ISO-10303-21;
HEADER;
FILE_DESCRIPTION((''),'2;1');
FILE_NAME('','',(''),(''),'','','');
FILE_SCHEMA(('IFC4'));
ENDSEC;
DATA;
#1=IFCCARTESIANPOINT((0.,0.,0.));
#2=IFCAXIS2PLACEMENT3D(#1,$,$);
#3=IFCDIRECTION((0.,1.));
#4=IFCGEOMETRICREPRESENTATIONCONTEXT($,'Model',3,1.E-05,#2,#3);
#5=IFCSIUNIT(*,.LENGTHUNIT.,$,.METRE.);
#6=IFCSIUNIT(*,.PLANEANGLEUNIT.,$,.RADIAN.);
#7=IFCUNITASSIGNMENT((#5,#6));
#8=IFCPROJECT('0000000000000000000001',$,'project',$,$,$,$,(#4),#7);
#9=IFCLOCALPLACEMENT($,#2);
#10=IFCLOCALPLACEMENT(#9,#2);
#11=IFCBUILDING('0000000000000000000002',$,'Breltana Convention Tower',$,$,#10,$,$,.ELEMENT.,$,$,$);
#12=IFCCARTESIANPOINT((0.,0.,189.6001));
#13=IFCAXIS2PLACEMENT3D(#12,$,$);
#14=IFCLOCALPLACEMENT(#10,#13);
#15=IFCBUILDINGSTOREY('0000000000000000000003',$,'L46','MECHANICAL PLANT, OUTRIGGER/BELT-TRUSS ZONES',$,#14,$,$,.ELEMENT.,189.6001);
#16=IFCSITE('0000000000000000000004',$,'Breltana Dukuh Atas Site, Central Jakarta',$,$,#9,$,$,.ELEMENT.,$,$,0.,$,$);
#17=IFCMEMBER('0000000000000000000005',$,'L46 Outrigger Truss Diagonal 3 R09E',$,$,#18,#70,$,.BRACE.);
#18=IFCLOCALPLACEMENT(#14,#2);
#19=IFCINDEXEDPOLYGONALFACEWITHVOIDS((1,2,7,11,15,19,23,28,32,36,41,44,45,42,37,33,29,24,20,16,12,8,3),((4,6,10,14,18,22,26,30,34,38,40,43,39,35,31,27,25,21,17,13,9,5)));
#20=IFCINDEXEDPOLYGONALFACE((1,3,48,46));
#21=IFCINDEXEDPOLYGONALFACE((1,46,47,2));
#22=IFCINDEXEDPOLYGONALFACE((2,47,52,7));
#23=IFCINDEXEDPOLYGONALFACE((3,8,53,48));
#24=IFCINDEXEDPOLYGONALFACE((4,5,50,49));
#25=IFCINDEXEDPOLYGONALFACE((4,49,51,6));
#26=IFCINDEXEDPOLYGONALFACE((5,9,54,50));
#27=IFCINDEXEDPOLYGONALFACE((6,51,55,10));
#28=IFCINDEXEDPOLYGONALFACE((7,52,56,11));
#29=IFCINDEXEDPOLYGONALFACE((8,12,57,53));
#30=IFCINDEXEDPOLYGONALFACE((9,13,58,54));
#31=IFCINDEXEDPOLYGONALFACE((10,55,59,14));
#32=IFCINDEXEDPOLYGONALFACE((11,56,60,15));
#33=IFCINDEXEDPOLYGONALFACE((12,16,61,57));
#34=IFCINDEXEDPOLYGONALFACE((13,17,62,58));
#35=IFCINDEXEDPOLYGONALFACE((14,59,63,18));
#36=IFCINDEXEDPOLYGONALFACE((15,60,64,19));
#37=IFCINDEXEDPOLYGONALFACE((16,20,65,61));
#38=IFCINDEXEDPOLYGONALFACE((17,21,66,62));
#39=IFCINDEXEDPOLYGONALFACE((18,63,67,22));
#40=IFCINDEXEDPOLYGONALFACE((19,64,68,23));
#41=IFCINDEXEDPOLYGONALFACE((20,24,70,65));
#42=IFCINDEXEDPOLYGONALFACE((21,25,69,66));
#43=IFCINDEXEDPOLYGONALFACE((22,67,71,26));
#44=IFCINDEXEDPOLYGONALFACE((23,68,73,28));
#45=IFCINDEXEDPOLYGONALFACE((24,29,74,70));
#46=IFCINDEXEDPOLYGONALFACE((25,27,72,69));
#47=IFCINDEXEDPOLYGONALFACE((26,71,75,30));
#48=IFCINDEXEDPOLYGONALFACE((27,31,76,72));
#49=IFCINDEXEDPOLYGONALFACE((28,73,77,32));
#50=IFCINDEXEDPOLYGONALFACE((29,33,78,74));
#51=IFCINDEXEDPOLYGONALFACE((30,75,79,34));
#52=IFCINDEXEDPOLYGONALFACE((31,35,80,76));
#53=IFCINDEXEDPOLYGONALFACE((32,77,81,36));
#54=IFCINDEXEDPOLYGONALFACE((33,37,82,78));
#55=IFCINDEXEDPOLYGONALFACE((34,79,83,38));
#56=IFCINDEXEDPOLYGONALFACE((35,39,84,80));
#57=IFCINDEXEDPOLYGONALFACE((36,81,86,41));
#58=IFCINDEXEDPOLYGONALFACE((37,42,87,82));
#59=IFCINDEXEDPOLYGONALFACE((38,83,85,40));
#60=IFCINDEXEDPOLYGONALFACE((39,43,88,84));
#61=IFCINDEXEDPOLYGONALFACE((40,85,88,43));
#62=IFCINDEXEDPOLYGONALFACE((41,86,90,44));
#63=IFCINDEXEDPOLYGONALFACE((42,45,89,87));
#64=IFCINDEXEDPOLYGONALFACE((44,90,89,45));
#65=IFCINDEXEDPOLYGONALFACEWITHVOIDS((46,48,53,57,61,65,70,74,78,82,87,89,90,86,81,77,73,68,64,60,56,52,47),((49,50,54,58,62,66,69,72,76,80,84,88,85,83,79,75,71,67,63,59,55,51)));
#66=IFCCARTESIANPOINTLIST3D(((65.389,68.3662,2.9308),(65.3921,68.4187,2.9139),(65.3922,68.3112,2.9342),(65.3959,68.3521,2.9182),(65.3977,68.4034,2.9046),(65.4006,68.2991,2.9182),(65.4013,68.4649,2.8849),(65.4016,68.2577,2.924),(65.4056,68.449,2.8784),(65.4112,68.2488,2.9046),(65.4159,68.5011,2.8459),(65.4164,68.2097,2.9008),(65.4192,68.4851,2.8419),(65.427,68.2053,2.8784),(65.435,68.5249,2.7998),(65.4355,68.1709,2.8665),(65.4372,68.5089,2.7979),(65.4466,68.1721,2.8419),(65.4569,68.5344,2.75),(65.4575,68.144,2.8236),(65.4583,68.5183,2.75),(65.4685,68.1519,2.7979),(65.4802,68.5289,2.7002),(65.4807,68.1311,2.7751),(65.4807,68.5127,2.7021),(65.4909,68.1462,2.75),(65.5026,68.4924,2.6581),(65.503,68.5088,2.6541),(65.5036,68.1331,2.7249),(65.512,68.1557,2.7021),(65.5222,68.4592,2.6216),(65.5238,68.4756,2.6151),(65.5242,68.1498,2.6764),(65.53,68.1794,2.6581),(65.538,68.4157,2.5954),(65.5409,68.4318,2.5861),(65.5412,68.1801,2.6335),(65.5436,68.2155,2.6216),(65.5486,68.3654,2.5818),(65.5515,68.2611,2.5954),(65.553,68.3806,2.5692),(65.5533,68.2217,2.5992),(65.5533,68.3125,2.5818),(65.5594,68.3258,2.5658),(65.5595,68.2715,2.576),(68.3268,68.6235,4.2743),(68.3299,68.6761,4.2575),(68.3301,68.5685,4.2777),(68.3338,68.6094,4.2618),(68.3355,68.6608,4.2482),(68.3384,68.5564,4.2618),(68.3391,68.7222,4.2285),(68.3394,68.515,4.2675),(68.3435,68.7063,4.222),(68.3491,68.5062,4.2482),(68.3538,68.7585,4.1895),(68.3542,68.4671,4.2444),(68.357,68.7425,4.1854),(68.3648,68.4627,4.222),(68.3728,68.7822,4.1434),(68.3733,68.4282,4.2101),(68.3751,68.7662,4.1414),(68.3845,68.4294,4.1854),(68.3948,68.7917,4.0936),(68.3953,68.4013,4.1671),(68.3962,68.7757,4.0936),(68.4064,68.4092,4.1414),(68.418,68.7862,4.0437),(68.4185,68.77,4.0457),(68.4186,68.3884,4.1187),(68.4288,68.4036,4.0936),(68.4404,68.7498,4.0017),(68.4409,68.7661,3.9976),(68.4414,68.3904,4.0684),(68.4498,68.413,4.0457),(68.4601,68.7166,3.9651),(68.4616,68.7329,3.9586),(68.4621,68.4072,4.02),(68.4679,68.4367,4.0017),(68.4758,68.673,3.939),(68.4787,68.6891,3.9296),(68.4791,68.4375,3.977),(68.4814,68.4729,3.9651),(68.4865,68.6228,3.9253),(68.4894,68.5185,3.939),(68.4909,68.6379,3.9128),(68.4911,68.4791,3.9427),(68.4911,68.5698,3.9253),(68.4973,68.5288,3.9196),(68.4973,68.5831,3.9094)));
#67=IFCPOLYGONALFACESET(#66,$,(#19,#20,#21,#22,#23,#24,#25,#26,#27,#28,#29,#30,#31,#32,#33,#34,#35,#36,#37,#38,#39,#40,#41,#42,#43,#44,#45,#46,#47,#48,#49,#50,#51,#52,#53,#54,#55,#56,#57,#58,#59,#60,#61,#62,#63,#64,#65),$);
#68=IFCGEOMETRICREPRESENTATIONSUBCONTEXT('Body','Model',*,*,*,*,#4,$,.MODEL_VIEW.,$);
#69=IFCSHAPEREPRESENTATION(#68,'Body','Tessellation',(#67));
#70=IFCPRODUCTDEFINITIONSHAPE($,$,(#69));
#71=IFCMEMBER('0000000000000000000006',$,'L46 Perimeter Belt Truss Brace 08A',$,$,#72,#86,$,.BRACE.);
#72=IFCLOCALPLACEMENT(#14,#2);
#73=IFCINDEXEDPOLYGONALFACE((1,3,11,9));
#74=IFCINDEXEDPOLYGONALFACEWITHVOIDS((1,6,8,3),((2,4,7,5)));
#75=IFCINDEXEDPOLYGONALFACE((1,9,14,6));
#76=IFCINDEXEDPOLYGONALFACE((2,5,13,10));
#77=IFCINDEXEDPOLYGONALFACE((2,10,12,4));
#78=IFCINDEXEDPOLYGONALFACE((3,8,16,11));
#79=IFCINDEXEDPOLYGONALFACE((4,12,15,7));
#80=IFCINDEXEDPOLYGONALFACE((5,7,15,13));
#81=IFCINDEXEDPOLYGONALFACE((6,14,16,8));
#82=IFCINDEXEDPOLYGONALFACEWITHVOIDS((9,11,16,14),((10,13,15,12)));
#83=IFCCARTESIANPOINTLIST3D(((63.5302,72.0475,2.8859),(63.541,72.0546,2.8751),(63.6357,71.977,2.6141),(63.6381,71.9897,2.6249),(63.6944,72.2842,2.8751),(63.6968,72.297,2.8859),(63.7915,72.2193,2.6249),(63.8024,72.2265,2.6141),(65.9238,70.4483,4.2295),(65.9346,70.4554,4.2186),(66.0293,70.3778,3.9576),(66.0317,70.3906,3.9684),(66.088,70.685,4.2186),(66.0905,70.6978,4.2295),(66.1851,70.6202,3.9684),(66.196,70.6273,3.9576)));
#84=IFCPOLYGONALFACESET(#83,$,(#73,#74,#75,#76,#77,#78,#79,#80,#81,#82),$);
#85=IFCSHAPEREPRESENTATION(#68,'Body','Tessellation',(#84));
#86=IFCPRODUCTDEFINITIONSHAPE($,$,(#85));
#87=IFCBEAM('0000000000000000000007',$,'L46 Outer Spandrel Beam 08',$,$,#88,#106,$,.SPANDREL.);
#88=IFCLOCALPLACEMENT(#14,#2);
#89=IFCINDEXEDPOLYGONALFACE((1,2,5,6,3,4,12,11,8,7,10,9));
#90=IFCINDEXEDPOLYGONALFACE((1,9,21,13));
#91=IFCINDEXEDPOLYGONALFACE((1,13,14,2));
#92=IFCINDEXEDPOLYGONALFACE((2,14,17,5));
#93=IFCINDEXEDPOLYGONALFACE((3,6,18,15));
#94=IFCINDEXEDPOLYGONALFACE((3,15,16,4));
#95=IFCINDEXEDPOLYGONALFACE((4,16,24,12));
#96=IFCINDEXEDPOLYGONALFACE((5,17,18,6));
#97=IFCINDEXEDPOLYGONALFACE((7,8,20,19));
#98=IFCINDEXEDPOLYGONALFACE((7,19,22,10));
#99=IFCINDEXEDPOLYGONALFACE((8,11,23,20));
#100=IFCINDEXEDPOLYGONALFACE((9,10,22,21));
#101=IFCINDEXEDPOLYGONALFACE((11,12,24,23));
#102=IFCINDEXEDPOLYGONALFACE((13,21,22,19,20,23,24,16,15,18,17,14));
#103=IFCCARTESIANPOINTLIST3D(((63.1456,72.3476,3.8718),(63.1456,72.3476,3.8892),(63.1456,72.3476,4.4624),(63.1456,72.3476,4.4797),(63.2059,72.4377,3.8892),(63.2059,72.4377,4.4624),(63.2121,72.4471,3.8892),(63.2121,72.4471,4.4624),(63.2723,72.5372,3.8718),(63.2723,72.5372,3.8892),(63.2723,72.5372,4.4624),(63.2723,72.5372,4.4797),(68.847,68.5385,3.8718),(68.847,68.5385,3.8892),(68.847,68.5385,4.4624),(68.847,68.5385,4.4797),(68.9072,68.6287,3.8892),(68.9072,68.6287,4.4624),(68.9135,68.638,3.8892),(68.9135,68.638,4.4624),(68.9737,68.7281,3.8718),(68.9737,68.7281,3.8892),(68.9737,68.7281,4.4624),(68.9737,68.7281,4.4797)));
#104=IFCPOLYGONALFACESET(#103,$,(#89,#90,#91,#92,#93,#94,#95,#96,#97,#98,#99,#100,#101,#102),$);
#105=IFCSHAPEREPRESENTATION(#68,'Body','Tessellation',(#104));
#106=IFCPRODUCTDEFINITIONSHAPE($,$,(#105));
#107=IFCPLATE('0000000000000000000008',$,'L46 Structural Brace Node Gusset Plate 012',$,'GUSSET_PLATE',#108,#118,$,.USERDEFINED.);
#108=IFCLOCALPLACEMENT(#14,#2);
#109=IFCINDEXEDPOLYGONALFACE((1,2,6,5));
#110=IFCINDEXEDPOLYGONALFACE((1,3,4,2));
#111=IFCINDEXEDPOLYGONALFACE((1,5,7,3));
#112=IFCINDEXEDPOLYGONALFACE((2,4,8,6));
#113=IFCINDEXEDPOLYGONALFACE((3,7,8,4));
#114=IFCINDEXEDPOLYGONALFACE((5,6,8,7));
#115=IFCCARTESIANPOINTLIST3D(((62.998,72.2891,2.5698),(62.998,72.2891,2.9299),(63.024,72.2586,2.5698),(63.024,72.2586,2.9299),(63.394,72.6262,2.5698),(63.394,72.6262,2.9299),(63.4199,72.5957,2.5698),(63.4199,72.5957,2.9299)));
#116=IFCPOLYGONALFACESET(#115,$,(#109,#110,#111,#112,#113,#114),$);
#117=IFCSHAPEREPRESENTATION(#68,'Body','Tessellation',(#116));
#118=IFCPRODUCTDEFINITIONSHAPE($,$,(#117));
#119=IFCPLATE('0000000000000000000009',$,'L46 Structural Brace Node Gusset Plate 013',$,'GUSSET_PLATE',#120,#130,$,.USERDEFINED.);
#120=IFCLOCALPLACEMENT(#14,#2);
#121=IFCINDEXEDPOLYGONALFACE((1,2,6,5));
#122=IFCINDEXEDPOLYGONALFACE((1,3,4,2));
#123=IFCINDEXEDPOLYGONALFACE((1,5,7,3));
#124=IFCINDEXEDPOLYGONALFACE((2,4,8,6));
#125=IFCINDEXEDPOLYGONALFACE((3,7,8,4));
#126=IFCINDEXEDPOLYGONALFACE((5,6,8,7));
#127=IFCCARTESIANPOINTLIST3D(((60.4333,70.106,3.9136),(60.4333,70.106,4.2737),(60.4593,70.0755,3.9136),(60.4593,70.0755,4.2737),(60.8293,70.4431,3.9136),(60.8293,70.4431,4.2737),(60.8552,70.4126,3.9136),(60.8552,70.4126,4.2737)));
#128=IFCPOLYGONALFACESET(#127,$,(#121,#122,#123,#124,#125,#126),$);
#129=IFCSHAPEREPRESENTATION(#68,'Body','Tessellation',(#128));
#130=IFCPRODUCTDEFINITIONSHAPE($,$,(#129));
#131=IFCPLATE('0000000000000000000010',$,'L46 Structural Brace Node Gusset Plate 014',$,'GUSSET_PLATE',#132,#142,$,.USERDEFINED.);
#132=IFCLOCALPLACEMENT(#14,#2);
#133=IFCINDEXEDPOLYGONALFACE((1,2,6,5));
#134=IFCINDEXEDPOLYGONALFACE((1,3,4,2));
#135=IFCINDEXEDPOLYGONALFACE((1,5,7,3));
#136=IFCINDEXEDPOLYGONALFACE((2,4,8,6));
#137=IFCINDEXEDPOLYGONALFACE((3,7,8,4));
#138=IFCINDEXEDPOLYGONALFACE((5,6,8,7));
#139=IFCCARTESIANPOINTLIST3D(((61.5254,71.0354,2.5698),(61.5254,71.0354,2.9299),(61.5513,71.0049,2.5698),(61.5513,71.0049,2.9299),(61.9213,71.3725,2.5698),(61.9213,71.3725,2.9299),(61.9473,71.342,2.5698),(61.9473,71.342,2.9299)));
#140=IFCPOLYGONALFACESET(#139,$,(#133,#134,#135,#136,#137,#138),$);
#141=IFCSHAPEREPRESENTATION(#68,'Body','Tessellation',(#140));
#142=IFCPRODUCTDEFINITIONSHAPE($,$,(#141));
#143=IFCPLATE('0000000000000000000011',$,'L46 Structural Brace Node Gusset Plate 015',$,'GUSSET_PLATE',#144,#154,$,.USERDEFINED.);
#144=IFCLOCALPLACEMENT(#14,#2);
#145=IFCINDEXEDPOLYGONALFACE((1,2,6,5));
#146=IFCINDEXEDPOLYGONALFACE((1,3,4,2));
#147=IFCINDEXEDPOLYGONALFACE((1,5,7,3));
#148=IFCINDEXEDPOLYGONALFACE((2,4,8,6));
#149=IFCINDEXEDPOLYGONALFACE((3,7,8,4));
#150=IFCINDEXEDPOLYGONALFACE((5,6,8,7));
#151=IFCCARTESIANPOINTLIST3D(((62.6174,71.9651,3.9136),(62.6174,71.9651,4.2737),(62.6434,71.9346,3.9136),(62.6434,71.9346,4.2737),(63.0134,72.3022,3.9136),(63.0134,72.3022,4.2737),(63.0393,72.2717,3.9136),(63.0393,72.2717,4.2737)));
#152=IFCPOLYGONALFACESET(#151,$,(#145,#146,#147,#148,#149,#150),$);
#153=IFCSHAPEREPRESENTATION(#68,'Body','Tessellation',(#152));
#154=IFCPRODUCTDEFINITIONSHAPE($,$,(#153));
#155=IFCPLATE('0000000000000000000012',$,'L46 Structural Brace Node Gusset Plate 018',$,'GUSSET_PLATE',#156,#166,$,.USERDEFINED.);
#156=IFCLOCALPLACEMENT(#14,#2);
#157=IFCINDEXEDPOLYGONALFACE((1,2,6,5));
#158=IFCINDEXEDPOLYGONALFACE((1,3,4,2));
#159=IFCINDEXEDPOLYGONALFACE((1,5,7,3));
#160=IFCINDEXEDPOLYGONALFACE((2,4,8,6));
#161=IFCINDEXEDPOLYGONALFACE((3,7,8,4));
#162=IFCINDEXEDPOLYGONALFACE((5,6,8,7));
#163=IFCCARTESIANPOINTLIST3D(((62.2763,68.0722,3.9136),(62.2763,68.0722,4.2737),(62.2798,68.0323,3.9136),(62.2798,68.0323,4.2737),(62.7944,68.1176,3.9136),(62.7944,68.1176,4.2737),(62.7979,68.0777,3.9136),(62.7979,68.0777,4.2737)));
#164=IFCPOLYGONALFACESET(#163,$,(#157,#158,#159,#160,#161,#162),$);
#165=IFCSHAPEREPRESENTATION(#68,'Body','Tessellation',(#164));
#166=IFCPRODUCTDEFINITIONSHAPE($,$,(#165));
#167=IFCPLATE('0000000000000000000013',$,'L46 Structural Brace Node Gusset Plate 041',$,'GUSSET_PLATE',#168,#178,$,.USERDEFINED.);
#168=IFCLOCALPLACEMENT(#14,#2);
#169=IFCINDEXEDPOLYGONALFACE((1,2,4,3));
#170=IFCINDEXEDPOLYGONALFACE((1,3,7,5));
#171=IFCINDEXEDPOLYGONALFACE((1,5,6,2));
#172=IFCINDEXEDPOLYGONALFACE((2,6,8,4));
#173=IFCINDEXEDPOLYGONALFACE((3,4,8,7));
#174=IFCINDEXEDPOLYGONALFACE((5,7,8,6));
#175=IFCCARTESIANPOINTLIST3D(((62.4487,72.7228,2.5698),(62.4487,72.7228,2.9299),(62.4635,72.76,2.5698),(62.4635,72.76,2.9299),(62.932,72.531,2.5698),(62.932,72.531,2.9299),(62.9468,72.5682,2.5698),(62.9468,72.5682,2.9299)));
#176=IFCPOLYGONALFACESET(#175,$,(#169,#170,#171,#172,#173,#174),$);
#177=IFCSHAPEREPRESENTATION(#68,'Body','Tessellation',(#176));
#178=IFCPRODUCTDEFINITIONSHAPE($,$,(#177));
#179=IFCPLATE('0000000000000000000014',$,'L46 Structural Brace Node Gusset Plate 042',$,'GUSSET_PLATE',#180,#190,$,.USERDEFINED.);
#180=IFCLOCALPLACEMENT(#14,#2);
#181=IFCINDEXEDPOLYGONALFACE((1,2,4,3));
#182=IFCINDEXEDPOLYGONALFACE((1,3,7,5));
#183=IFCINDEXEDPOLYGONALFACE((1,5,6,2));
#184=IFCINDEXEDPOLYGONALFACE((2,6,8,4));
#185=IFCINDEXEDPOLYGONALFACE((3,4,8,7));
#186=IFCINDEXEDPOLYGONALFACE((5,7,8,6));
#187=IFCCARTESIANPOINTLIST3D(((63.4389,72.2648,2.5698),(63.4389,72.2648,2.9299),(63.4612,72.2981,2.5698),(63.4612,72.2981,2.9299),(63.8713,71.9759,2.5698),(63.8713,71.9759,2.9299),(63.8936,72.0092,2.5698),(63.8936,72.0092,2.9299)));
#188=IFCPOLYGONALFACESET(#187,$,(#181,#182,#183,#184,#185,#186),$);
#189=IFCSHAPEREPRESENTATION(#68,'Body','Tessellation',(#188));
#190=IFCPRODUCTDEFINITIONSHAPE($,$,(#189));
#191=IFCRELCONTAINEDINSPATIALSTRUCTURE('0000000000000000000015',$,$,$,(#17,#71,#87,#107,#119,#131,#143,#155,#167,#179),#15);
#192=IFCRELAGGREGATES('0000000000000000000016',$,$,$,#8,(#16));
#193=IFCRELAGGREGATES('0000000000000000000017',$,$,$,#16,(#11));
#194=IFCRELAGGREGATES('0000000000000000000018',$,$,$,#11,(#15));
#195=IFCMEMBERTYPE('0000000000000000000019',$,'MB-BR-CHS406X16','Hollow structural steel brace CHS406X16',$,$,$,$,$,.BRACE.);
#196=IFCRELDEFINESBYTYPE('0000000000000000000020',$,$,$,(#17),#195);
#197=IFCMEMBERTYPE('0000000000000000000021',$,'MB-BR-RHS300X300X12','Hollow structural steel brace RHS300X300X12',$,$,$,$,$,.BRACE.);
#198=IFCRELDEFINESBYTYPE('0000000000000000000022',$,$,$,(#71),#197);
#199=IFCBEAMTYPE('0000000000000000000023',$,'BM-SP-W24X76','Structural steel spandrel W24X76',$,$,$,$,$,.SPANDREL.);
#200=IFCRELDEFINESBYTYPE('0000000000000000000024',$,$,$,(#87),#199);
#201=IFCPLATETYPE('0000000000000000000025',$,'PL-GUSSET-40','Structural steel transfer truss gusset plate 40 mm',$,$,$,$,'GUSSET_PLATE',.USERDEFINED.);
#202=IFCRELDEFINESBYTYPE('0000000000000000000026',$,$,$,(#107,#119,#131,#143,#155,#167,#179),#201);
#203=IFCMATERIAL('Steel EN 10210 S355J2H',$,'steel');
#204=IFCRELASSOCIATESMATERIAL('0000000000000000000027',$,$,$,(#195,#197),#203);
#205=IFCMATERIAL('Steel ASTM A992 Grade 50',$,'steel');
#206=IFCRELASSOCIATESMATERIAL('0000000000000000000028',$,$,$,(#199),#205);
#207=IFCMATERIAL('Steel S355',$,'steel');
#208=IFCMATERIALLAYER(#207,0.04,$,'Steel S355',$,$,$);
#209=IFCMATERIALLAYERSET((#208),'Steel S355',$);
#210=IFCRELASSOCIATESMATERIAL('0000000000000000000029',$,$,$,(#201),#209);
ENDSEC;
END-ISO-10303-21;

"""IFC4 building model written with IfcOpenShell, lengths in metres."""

from ifc_helpers import new_model, si_unit, direction, frame, origin, origin_2d, place, context, subcontext, project, spatial, rectangle, hollow_rectangle, hollow_circle, i_section, extrude, source, transform, mapped, material, layer, layer_set, material_profile, profile_set, type_object, element, save


model = new_model("IFC4")

# Units and contexts
model_context = context("Model", 3, precision=1e-05, world=origin(), true_north=direction((0.0, 1.0)))
body_context = subcontext(model_context, "Body", "Model", "MODEL_VIEW")
ifc_project = project(units=[si_unit("LENGTHUNIT", "METRE"), si_unit("PLANEANGLEUNIT", "RADIAN")], contexts=[model_context])

# Site, building, storey
site_placement = place(None, origin())
site = spatial("IfcSite", under=ifc_project, at=site_placement, Name="Breltana Dukuh Atas Site, Central Jakarta", CompositionType="ELEMENT", RefElevation=0.0)
building_placement = place(site_placement, origin())
building = spatial("IfcBuilding", under=site, at=building_placement, Name="Breltana Convention Tower", CompositionType="ELEMENT")
storey_placement = place(building_placement, frame((0.0, 0.0, 189.6001)))
storey = spatial("IfcBuildingStorey", under=building, at=storey_placement, Name="L46", Description="MECHANICAL PLANT, OUTRIGGER/BELT-TRUSS ZONES", CompositionType="ELEMENT", Elevation=189.6001)

# Shared definitions
ifc_material_1 = material(Name="Steel ASTM A992 Grade 50", Category="steel")

# Members
ifc_material_2 = material(Name="Steel EN 10210 S355J2H", Category="steel")
ifc_material_profile_1 = material_profile(ifc_material_2, hollow_circle(Radius=0.2029, WallThickness=0.0161, at=origin_2d()), Name="CHS406X16")
ifc_profile_set_1 = profile_set([ifc_material_profile_1], Name="Steel EN 10210 S355J2H")
member_type_1 = type_object("IfcMemberType", Name="MB-BR-CHS406X16", Description="Hollow structural steel brace CHS406X16", PredefinedType="BRACE", material=ifc_profile_set_1)
shared_shape_1 = source(origin(), body_context, "Body", "SweptSolid", [
    extrude(hollow_circle(Radius=0.2029, WallThickness=0.0161, at=origin_2d()), origin(), (0.0, 0.0, 1.0), 3.2407),
])
member_1_placement = place(storey_placement, frame((65.4746, 68.3323, 2.75), z_axis=(0.90654, 0.079406, 0.414584), x_axis=(-0.087258, 0.996186, 0.0)))
element("IfcMember", 1, at=member_1_placement, inside=storey, type_object=member_type_1, Name="L46 Outrigger Truss Diagonal 3 R09E", PredefinedType="BRACE", context=body_context, shape_type="MappedRepresentation", body=[
    mapped(shared_shape_1, transform((0.0, 0.0, 0.0), scale=1.0)),
])
ifc_material_profile_2 = material_profile(ifc_material_2, hollow_rectangle(XDim=0.3, YDim=0.3, WallThickness=0.012, at=origin_2d()), Name="RHS300X300X12")
ifc_profile_set_2 = profile_set([ifc_material_profile_2], Name="Steel EN 10210 S355J2H")
member_type_2 = type_object("IfcMemberType", Name="MB-BR-RHS300X300X12", Description="Hollow structural steel brace RHS300X300X12", PredefinedType="BRACE", material=ifc_profile_set_2)
shared_shape_2 = source(origin(), body_context, "Body", "SweptSolid", [
    extrude(hollow_rectangle(XDim=0.3, YDim=0.3, WallThickness=0.012, at=origin_2d()), origin(), (0.0, 0.0, 1.0), 3.1768),
])
member_2_placement = place(storey_placement, frame((63.6663, 72.137, 2.75), z_axis=(0.753477, -0.503394, 0.422928), x_axis=(0.555522, 0.831502, 0.0)))
element("IfcMember", 2, at=member_2_placement, inside=storey, type_object=member_type_2, Name="L46 Perimeter Belt Truss Brace 08A", PredefinedType="BRACE", context=body_context, shape_type="MappedRepresentation", body=[
    mapped(shared_shape_2, transform((0.0, 0.0, 0.0), scale=1.0)),
])

# Beam
ifc_material_profile_3 = material_profile(ifc_material_1, i_section(OverallWidth=0.228, OverallDepth=0.6079, WebThickness=0.0112, FlangeThickness=0.0173, at=origin_2d()), Name="W24X76")
ifc_profile_set_3 = profile_set([ifc_material_profile_3], Name="Steel ASTM A992 Grade 50")
beam_type_1 = type_object("IfcBeamType", Name="BM-SP-W24X76", Description="Structural steel spandrel W24X76", PredefinedType="SPANDREL", material=ifc_profile_set_3)
shared_shape_3 = source(origin(), body_context, "Body", "SweptSolid", [
    extrude(i_section(OverallWidth=0.228, OverallDepth=0.6079, WebThickness=0.0112, FlangeThickness=0.0173, at=origin_2d()), origin(), (0.0, 0.0, 1.0), 6.8567),
])
beam_1_placement = place(storey_placement, frame((63.209, 72.4424, 4.1758), z_axis=(0.831502, -0.555522, 0.0), x_axis=(0.555522, 0.831502, 0.0)))
element("IfcBeam", 3, at=beam_1_placement, inside=storey, type_object=beam_type_1, Name="L46 Outer Spandrel Beam 08", PredefinedType="SPANDREL", context=body_context, shape_type="MappedRepresentation", body=[
    mapped(shared_shape_3, transform((0.0, 0.0, 0.0), scale=1.0)),
])

# Plates
ifc_material_3 = material(Name="Steel S355", Category="steel")
ifc_layer_1 = layer(ifc_material_3, 0.04, Name="Steel S355")
ifc_layer_set_1 = layer_set([ifc_layer_1], Name="Steel S355")
plate_type = type_object("IfcPlateType", Name="PL-GUSSET-40", Description="Structural steel transfer truss gusset plate 40 mm", ElementType="GUSSET_PLATE", PredefinedType="USERDEFINED", material=ifc_layer_set_1)
shared_shape_4 = source(origin(), body_context, "Body", "SweptSolid", [
    extrude(rectangle(XDim=0.52, YDim=0.04, at=origin_2d()), origin(), (0.0, 0.0, 1.0), 0.3601),
])
for number, where, z_axis, x_axis, name in (
    (4, (63.209, 72.4424, 2.5698), (0.0, 0.0, 1.0), (0.761425, 0.648253, 0.0), "L46 Structural Brace Node Gusset Plate 012"),
    (5, (60.6443, 70.2593, 3.9136), (0.0, 0.0, 1.0), (0.761425, 0.648253, 0.0), "L46 Structural Brace Node Gusset Plate 013"),
    (6, (61.7363, 71.1887, 2.5698), (0.0, 0.0, 1.0), (0.761425, 0.648253, 0.0), "L46 Structural Brace Node Gusset Plate 014"),
    (7, (62.8284, 72.1184, 3.9136), (0.0, 0.0, 1.0), (0.761425, 0.648253, 0.0), "L46 Structural Brace Node Gusset Plate 015"),
    (8, (62.5371, 68.075, 3.9136), (0.0, 0.0, 1.0), (0.996179, 0.08733, 0.0), "L46 Structural Brace Node Gusset Plate 018"),
    (9, (62.6978, 72.6455, 2.5698), (0.0, 0.0, 1.0), (0.929455, -0.368936, 0.0), "L46 Structural Brace Node Gusset Plate 041"),
    (10, (63.6663, 72.137, 2.5698), (0.0, 0.0, 1.0), (0.83147, -0.55557, 0.0), "L46 Structural Brace Node Gusset Plate 042"),
):
    element("IfcPlate", number, at=place(storey_placement, frame(where, z_axis=z_axis, x_axis=x_axis)), inside=storey, type_object=plate_type, Name=name, ObjectType="GUSSET_PLATE", PredefinedType="USERDEFINED", context=body_context, shape_type="MappedRepresentation", body=[
        mapped(shared_shape_4, transform((0.0, 0.0, 0.0), scale=1.0)),
    ])

save(model, "model.ifc")
